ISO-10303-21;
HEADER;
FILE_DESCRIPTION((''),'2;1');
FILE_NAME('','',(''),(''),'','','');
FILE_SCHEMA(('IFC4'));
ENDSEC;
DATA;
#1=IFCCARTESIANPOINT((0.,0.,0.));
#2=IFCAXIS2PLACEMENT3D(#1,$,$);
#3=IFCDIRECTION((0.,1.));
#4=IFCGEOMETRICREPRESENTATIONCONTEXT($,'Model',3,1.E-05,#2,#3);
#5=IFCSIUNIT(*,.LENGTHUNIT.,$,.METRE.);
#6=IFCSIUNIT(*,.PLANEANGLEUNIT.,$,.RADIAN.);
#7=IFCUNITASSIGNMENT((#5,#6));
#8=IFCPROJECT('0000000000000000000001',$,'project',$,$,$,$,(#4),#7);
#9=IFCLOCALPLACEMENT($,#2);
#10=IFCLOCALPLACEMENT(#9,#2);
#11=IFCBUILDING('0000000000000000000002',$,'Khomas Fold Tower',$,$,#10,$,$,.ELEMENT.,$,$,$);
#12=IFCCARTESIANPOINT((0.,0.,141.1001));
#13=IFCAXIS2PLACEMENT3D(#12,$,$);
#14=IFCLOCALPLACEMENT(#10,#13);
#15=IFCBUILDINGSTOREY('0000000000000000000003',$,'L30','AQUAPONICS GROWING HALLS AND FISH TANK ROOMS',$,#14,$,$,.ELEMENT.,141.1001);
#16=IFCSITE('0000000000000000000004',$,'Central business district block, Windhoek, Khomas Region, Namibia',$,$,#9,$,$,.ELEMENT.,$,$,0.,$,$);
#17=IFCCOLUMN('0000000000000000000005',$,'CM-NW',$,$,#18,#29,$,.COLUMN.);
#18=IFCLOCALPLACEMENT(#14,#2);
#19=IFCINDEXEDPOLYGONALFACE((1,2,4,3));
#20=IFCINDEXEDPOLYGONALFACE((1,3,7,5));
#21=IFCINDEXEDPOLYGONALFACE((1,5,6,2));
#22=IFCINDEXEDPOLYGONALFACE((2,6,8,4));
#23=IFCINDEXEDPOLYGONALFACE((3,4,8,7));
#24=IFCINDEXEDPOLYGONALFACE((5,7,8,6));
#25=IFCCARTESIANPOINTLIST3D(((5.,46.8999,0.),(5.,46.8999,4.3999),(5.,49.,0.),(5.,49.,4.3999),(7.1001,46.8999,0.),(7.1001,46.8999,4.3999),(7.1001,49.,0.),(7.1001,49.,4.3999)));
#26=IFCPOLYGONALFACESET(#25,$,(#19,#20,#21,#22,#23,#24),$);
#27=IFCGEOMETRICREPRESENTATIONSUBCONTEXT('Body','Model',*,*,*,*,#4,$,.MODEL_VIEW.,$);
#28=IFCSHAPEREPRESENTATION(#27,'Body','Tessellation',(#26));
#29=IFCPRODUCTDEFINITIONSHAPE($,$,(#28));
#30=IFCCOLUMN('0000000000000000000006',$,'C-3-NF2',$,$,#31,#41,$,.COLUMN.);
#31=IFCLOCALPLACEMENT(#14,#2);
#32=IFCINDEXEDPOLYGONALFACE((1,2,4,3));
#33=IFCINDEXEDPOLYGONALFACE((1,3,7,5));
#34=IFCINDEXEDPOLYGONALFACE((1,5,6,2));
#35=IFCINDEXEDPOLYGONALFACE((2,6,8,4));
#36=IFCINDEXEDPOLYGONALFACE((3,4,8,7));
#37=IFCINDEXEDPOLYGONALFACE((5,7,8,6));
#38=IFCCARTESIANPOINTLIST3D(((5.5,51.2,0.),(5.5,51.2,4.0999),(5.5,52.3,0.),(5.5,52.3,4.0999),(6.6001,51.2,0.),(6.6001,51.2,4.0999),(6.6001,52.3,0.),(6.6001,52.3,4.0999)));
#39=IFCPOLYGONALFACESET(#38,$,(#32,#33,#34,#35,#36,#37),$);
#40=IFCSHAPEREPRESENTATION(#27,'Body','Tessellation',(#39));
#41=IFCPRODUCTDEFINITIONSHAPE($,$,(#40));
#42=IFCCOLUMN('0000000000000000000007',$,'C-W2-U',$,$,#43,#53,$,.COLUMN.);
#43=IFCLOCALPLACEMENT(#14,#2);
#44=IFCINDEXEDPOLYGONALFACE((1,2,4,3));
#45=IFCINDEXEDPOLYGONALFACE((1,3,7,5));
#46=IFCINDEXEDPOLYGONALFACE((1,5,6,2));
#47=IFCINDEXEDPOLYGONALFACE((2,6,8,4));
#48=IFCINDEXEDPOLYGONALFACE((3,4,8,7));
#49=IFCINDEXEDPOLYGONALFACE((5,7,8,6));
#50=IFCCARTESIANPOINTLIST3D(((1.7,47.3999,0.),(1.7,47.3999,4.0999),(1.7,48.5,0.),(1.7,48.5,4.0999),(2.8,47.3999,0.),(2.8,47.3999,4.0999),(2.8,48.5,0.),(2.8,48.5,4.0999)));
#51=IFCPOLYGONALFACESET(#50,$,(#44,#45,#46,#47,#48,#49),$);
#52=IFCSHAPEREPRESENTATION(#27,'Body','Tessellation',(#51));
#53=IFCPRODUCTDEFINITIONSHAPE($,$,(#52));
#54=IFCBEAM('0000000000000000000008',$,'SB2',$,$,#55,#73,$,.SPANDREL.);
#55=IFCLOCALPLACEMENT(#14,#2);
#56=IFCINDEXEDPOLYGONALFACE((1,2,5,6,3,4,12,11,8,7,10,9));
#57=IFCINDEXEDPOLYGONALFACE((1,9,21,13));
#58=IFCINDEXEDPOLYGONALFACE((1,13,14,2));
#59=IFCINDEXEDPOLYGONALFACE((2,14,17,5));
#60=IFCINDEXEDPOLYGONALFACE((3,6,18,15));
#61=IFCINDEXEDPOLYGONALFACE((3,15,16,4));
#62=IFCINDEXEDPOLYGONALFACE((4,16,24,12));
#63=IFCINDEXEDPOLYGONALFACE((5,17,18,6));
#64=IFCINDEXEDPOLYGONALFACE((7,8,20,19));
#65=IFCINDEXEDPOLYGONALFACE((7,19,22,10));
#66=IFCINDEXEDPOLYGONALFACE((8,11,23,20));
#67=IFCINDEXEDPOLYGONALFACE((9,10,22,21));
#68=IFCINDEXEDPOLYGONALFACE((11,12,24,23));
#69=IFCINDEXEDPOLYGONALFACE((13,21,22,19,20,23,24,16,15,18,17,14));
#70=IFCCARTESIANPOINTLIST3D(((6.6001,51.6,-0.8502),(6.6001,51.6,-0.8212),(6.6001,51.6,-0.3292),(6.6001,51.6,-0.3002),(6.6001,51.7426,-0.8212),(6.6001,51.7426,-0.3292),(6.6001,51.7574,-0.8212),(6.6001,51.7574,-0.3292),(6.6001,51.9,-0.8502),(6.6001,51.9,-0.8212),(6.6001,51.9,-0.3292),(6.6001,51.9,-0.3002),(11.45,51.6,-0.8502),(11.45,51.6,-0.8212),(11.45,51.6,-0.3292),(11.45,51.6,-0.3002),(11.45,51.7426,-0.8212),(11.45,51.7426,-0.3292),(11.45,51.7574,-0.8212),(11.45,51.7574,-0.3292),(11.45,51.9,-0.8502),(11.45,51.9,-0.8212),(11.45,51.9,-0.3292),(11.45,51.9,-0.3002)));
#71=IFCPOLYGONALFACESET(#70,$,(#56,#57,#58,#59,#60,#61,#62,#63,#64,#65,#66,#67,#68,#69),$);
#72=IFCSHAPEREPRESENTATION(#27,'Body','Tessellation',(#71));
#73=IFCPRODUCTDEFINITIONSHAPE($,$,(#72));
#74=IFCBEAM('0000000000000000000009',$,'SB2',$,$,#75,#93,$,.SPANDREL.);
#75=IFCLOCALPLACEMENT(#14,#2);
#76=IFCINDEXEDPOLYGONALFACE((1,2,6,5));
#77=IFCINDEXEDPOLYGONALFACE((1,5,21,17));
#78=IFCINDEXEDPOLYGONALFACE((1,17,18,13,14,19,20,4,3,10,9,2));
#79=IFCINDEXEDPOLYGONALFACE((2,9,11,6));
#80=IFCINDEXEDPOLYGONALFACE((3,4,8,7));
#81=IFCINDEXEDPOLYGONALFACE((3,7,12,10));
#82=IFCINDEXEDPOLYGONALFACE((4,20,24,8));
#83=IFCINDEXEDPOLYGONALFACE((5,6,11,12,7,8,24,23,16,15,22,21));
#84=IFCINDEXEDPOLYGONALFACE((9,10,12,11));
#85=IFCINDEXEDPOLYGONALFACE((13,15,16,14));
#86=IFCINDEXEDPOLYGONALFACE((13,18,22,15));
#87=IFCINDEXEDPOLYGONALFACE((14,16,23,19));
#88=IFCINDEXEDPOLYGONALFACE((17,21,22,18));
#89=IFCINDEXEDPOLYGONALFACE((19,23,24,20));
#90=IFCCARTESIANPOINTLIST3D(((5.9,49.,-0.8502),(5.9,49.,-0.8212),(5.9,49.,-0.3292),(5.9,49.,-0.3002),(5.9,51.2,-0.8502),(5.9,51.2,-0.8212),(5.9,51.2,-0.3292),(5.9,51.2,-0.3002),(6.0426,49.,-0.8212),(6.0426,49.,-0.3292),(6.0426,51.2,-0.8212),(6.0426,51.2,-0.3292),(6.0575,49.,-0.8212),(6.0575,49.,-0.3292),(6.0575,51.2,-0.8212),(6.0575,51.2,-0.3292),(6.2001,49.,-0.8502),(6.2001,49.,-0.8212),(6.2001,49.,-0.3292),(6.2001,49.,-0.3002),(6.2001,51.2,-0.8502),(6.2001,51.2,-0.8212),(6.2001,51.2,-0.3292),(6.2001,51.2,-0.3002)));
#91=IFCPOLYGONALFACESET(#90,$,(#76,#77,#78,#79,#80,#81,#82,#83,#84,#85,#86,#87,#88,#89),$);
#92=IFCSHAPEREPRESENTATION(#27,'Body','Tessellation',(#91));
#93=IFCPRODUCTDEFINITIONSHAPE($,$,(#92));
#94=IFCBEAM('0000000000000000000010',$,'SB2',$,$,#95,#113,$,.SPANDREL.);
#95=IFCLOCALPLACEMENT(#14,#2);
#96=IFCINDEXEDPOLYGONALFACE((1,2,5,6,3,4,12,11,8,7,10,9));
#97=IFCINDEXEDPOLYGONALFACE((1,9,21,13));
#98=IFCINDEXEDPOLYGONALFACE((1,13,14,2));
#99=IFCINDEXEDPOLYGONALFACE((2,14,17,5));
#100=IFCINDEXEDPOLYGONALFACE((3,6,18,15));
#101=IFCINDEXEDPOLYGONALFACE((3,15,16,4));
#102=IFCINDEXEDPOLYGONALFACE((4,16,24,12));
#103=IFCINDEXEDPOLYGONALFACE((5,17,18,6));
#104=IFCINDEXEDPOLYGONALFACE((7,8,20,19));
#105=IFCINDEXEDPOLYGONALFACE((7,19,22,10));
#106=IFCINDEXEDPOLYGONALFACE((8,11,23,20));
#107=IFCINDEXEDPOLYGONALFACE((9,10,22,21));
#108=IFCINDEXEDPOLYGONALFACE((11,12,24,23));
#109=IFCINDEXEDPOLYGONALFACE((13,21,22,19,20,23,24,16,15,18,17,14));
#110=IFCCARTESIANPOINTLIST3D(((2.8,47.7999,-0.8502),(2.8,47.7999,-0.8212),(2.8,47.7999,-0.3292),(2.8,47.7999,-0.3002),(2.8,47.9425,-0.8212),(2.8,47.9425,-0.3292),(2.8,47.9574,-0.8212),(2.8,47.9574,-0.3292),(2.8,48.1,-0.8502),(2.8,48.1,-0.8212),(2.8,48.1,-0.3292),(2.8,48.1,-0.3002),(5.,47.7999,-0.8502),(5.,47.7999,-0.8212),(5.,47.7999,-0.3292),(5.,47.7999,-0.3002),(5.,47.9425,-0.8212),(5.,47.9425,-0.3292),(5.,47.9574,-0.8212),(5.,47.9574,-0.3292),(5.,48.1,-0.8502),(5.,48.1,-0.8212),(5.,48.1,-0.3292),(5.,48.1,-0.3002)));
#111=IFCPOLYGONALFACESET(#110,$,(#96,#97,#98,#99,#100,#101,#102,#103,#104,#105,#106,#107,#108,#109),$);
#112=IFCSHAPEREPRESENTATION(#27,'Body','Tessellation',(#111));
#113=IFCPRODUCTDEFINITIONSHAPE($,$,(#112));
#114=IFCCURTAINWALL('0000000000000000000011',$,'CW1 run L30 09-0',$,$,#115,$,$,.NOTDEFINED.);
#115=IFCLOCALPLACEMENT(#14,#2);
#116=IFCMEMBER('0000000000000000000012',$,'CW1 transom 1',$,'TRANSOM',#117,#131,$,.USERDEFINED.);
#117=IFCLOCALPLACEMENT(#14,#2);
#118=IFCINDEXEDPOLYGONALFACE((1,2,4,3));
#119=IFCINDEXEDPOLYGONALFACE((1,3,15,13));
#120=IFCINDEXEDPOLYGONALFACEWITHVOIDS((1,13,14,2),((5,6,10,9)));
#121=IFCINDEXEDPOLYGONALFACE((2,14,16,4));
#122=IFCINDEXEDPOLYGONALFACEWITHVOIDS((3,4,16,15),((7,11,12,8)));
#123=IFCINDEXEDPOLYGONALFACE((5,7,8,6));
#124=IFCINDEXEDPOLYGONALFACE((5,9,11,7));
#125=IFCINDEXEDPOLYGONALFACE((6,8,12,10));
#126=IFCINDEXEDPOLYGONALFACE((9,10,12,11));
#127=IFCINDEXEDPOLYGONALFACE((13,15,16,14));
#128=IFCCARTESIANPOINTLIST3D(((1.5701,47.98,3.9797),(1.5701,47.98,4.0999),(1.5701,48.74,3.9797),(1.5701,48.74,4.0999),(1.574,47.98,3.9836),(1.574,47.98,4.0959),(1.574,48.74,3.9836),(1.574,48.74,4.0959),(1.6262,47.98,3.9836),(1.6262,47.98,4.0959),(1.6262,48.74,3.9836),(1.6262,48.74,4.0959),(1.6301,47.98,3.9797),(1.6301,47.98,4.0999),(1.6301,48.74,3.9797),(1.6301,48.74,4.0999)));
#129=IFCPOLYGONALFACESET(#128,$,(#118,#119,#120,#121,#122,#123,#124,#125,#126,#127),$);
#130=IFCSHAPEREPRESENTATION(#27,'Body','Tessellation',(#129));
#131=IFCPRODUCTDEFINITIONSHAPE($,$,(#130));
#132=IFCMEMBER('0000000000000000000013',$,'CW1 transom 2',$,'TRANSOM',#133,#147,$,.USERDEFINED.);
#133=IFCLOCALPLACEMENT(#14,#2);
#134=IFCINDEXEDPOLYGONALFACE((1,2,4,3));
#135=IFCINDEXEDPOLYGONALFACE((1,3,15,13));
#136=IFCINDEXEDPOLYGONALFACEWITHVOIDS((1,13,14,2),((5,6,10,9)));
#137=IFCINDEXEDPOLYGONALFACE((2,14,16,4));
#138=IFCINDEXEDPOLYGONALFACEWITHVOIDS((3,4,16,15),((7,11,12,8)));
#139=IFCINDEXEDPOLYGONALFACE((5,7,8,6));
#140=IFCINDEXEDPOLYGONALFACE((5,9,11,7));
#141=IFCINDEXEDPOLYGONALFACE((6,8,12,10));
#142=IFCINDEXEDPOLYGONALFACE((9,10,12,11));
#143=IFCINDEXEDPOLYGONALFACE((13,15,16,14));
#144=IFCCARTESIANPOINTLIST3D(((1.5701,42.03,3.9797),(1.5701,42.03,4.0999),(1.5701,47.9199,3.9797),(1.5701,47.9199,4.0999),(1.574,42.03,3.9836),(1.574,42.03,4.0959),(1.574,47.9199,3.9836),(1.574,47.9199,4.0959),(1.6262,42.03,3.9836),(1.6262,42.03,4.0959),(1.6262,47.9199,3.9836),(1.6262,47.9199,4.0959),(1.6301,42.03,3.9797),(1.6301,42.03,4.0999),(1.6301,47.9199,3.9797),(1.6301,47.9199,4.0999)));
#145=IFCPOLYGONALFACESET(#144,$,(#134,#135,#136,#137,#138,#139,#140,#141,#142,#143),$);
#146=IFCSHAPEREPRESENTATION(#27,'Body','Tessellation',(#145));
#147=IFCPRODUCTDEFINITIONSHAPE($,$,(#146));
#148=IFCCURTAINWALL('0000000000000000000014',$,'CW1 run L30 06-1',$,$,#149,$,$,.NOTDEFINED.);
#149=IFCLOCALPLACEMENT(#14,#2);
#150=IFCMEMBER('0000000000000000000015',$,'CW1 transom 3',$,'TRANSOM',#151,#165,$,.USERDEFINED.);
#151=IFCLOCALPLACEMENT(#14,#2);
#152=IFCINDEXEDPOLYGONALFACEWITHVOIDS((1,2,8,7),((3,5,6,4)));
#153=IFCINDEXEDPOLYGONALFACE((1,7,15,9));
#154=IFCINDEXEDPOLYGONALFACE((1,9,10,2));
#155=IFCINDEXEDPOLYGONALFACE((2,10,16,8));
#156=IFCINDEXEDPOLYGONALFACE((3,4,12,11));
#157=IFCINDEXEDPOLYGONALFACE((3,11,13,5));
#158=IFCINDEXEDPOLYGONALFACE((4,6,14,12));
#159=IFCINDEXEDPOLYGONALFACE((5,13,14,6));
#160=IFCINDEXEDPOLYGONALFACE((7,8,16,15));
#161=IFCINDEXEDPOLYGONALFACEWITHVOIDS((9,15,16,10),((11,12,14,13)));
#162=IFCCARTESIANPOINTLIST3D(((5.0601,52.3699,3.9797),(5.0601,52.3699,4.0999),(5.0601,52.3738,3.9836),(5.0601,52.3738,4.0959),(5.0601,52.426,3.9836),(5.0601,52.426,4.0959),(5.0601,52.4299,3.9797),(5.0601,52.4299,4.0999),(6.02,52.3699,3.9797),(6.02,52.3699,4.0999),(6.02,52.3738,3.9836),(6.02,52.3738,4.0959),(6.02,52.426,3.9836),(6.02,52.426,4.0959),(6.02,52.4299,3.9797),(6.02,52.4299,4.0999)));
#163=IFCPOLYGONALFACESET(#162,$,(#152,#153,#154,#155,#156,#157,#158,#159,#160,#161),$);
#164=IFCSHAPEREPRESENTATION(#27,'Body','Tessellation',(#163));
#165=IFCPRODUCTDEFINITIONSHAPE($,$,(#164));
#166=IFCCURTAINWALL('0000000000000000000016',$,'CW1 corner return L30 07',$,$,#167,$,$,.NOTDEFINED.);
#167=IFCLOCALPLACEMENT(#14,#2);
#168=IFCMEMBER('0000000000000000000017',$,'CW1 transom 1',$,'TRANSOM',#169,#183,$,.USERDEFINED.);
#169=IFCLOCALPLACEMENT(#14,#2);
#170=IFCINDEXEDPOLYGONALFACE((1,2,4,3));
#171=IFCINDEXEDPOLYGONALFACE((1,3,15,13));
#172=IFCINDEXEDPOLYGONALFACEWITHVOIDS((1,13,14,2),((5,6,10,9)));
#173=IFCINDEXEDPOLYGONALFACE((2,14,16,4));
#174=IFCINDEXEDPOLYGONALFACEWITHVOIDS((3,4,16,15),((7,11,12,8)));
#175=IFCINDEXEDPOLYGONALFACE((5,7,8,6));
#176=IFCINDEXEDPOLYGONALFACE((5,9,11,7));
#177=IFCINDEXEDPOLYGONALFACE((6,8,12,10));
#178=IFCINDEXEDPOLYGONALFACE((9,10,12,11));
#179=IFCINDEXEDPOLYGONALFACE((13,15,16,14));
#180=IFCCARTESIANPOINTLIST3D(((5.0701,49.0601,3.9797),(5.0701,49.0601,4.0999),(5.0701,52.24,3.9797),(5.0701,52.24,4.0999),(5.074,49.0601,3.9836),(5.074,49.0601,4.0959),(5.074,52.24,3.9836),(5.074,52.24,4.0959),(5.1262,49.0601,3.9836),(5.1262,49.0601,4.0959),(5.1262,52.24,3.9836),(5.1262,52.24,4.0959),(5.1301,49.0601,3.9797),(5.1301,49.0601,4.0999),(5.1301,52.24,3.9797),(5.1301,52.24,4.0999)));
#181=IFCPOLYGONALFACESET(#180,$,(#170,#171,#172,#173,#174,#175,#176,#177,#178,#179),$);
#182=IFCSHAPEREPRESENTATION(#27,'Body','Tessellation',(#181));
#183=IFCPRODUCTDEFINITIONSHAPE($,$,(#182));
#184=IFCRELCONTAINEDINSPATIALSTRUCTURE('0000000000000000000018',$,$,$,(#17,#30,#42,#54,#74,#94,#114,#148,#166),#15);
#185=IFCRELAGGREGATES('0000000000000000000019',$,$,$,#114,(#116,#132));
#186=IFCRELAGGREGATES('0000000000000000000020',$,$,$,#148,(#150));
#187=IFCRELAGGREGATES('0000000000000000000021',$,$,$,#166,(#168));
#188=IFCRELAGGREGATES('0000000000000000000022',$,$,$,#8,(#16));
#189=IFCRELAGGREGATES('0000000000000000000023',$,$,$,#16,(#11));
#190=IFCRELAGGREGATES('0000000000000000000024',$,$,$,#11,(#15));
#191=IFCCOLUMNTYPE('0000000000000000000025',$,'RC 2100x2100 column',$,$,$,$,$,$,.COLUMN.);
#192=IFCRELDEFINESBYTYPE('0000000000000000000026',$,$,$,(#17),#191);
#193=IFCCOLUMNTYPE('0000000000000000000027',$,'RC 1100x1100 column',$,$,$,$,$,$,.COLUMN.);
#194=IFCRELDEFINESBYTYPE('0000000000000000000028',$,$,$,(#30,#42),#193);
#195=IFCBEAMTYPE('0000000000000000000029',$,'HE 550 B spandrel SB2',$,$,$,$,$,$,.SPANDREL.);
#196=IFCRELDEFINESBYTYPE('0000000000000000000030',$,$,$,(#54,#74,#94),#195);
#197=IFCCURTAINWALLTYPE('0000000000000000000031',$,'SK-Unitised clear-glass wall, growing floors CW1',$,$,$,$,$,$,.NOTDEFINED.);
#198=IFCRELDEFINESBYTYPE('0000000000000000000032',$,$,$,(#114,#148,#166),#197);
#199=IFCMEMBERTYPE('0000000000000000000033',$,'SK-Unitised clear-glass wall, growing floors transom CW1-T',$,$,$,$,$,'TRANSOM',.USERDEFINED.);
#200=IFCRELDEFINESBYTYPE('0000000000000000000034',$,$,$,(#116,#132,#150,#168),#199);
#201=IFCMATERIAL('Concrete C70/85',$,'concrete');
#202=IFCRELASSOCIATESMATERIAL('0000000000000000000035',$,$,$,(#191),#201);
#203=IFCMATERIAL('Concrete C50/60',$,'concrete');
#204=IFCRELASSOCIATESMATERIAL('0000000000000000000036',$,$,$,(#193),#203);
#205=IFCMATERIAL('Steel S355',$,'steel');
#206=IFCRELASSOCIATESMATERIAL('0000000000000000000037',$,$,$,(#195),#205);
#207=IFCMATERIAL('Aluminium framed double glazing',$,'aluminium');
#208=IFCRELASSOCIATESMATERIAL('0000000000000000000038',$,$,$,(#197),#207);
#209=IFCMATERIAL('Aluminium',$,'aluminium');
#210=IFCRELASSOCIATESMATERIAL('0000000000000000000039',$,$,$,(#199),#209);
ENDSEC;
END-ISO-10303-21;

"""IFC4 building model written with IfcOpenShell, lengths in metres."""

from ifc_helpers import new_model, si_unit, direction, frame, origin, origin_2d, place, context, subcontext, project, spatial, rectangle, hollow_rectangle, i_section, extrude, source, transform, mapped, material, material_profile, profile_set, type_object, element, aggregate, save


model = new_model("IFC4")

# Units and contexts
model_context = context("Model", 3, precision=1e-05, world=origin(), true_north=direction((0.0, 1.0)))
body_context = subcontext(model_context, "Body", "Model", "MODEL_VIEW")
ifc_project = project(units=[si_unit("LENGTHUNIT", "METRE"), si_unit("PLANEANGLEUNIT", "RADIAN")], contexts=[model_context])

# Site, building, storey
site_placement = place(None, origin())
site = spatial("IfcSite", under=ifc_project, at=site_placement, Name="Central business district block, Windhoek, Khomas Region, Namibia", CompositionType="ELEMENT", RefElevation=0.0)
building_placement = place(site_placement, origin())
building = spatial("IfcBuilding", under=site, at=building_placement, Name="Khomas Fold Tower", CompositionType="ELEMENT")
storey_placement = place(building_placement, frame((0.0, 0.0, 141.1001)))
storey = spatial("IfcBuildingStorey", under=building, at=storey_placement, Name="L30", Description="AQUAPONICS GROWING HALLS AND FISH TANK ROOMS", CompositionType="ELEMENT", Elevation=141.1001)

# Columns
ifc_material_1 = material(Name="Concrete C70/85", Category="concrete")
ifc_material_profile_1 = material_profile(ifc_material_1, rectangle(XDim=2.1001, YDim=2.1001, at=origin_2d()), Name="RC 2100x2100")
ifc_profile_set_1 = profile_set([ifc_material_profile_1], Name="Concrete C70/85")
column_type_1 = type_object("IfcColumnType", Name="RC 2100x2100 column", PredefinedType="COLUMN", material=ifc_profile_set_1)
shared_shape_1 = source(origin(), body_context, "Body", "SweptSolid", [
    extrude(rectangle(XDim=2.1001, YDim=2.1001, at=origin_2d()), origin(), (0.0, 0.0, 1.0), 4.3999),
])
column_placement = place(storey_placement, frame((6.05, 47.95, 0.0), z_axis=(0.0, 0.0, 1.0), x_axis=(1.0, 0.0, 0.0)))
element("IfcColumn", 1, at=column_placement, inside=storey, type_object=column_type_1, Name="CM-NW", PredefinedType="COLUMN", context=body_context, shape_type="MappedRepresentation", body=[
    mapped(shared_shape_1, transform((0.0, 0.0, 0.0))),
])
ifc_material_2 = material(Name="Concrete C50/60", Category="concrete")
ifc_material_profile_2 = material_profile(ifc_material_2, rectangle(XDim=1.1001, YDim=1.1001, at=origin_2d()), Name="RC 1100x1100")
ifc_profile_set_2 = profile_set([ifc_material_profile_2], Name="Concrete C50/60")
column_type_2 = type_object("IfcColumnType", Name="RC 1100x1100 column", PredefinedType="COLUMN", material=ifc_profile_set_2)
shared_shape_2 = source(origin(), body_context, "Body", "SweptSolid", [
    extrude(rectangle(XDim=1.1001, YDim=1.1001, at=origin_2d()), origin(), (0.0, 0.0, 1.0), 4.0999),
])
for number, where, z_axis, x_axis, name in (
    (2, (6.05, 51.75, 0.0), (0.0, 0.0, 1.0), (1.0, 0.0, 0.0), "C-3-NF2"),
    (3, (2.25, 47.95, 0.0), (0.0, 0.0, 1.0), (1.0, 0.0, 0.0), "C-W2-U"),
):
    element("IfcColumn", number, at=place(storey_placement, frame(where, z_axis=z_axis, x_axis=x_axis)), inside=storey, type_object=column_type_2, Name=name, PredefinedType="COLUMN", context=body_context, shape_type="MappedRepresentation", body=[
        mapped(shared_shape_2, transform((0.0, 0.0, 0.0))),
    ])

# Beams
ifc_material_3 = material(Name="Steel S355", Category="steel")
ifc_material_profile_3 = material_profile(ifc_material_3, i_section(OverallWidth=0.3, OverallDepth=0.55, WebThickness=0.0149, FlangeThickness=0.0291, at=origin_2d()), Name="HE 550 B")
ifc_profile_set_3 = profile_set([ifc_material_profile_3], Name="Steel S355")
beam_type = type_object("IfcBeamType", Name="HE 550 B spandrel SB2", PredefinedType="SPANDREL", material=ifc_profile_set_3)
shared_shape_3 = source(origin(), body_context, "Body", "SweptSolid", [
    extrude(i_section(OverallWidth=0.3, OverallDepth=0.55, WebThickness=0.0149, FlangeThickness=0.0291, at=origin_2d()), origin(), (0.0, 0.0, 1.0), 4.8499),
])
beam_placement = place(storey_placement, frame((6.6001, 51.75, -0.5752), z_axis=(1.0, 0.0, 0.0), x_axis=(0.0, 1.0, 0.0)))
element("IfcBeam", 4, at=beam_placement, inside=storey, type_object=beam_type, Name="SB2", PredefinedType="SPANDREL", context=body_context, shape_type="MappedRepresentation", body=[
    mapped(shared_shape_3, transform((0.0, 0.0, 0.0))),
])
shared_shape_4 = source(origin(), body_context, "Body", "SweptSolid", [
    extrude(i_section(OverallWidth=0.3, OverallDepth=0.55, WebThickness=0.0149, FlangeThickness=0.0291, at=origin_2d()), origin(), (0.0, 0.0, 1.0), 2.2),
])
for number, where, z_axis, x_axis, name in (
    (5, (6.05, 49.0, -0.5752), (0.0, 1.0, 0.0), (-1.0, 0.0, 0.0), "SB2"),
    (6, (2.8, 47.95, -0.5752), (1.0, 0.0, 0.0), (0.0, 1.0, 0.0), "SB2"),
):
    element("IfcBeam", number, at=place(storey_placement, frame(where, z_axis=z_axis, x_axis=x_axis)), inside=storey, type_object=beam_type, Name=name, PredefinedType="SPANDREL", context=body_context, shape_type="MappedRepresentation", body=[
        mapped(shared_shape_4, transform((0.0, 0.0, 0.0))),
    ])

# Curtain wall, members
ifc_material_4 = material(Name="Aluminium framed double glazing", Category="aluminium")
curtain_wall_type = type_object("IfcCurtainWallType", Name="SK-Unitised clear-glass wall, growing floors CW1", PredefinedType="NOTDEFINED", material=ifc_material_4)
curtain_wall_1_placement = place(storey_placement, origin())
curtain_wall_1 = element("IfcCurtainWall", 7, at=curtain_wall_1_placement, inside=storey, type_object=curtain_wall_type, Name="CW1 run L30 09-0", PredefinedType="NOTDEFINED")
ifc_material_5 = material(Name="Aluminium", Category="aluminium")
ifc_material_profile_4 = material_profile(ifc_material_5, hollow_rectangle(XDim=0.0601, YDim=0.1201, WallThickness=0.0039, at=origin_2d()), Name="SK-Unitised clear-glass wall, growing floors transom CW1-T")
ifc_profile_set_4 = profile_set([ifc_material_profile_4], Name="Aluminium")
member_type_1 = type_object("IfcMemberType", Name="SK-Unitised clear-glass wall, growing floors transom CW1-T", ElementType="TRANSOM", PredefinedType="USERDEFINED", material=ifc_profile_set_4)
shared_shape_5 = source(origin(), body_context, "Body", "SweptSolid", [
    extrude(hollow_rectangle(XDim=0.0601, YDim=0.1201, WallThickness=0.0039, at=origin_2d()), origin(), (0.0, 0.0, 1.0), 0.76),
])
member_1_placement = place(storey_placement, frame((1.6001, 48.74, 4.0398), z_axis=(0.0, -1.0, 0.0), x_axis=(1.0, 0.0, 0.0)))
member_1 = element("IfcMember", 8, at=member_1_placement, type_object=member_type_1, Name="CW1 transom 1", ObjectType="TRANSOM", PredefinedType="USERDEFINED", context=body_context, shape_type="MappedRepresentation", body=[
    mapped(shared_shape_5, transform((0.0, 0.0, 0.0))),
])
shared_shape_6 = source(origin(), body_context, "Body", "SweptSolid", [
    extrude(hollow_rectangle(XDim=0.0601, YDim=0.1201, WallThickness=0.0039, at=origin_2d()), origin(), (0.0, 0.0, 1.0), 5.8899),
])
member_2_placement = place(storey_placement, frame((1.6001, 47.9199, 4.0398), z_axis=(0.0, -1.0, 0.0), x_axis=(1.0, 0.0, 0.0)))
member_2 = element("IfcMember", 9, at=member_2_placement, type_object=member_type_1, Name="CW1 transom 2", ObjectType="TRANSOM", PredefinedType="USERDEFINED", context=body_context, shape_type="MappedRepresentation", body=[
    mapped(shared_shape_6, transform((0.0, 0.0, 0.0))),
])

# Curtain walls, members
curtain_wall_2_placement = place(storey_placement, origin())
curtain_wall_2 = element("IfcCurtainWall", 10, at=curtain_wall_2_placement, inside=storey, type_object=curtain_wall_type, Name="CW1 run L30 06-1", PredefinedType="NOTDEFINED")
shared_shape_7 = source(origin(), body_context, "Body", "SweptSolid", [
    extrude(hollow_rectangle(XDim=0.0601, YDim=0.1201, WallThickness=0.0039, at=origin_2d()), origin(), (0.0, 0.0, 1.0), 0.96),
])
member_3_placement = place(storey_placement, frame((6.02, 52.3999, 4.0398), z_axis=(-1.0, 0.0, 0.0), x_axis=(0.0, -1.0, 0.0)))
member_3 = element("IfcMember", 11, at=member_3_placement, type_object=member_type_1, Name="CW1 transom 3", ObjectType="TRANSOM", PredefinedType="USERDEFINED", context=body_context, shape_type="MappedRepresentation", body=[
    mapped(shared_shape_7, transform((0.0, 0.0, 0.0))),
])
curtain_wall_3_placement = place(storey_placement, origin())
curtain_wall_3 = element("IfcCurtainWall", 12, at=curtain_wall_3_placement, inside=storey, type_object=curtain_wall_type, Name="CW1 corner return L30 07", PredefinedType="NOTDEFINED")
shared_shape_8 = source(origin(), body_context, "Body", "SweptSolid", [
    extrude(hollow_rectangle(XDim=0.0601, YDim=0.1201, WallThickness=0.0039, at=origin_2d()), origin(), (0.0, 0.0, 1.0), 3.1799),
])
member_4_placement = place(storey_placement, frame((5.1001, 52.24, 4.0398), z_axis=(0.0, -1.0, 0.0), x_axis=(1.0, 0.0, 0.0)))
member_4 = element("IfcMember", 13, at=member_4_placement, type_object=member_type_1, Name="CW1 transom 1", ObjectType="TRANSOM", PredefinedType="USERDEFINED", context=body_context, shape_type="MappedRepresentation", body=[
    mapped(shared_shape_8, transform((0.0, 0.0, 0.0))),
])

aggregate(curtain_wall_1, [member_1, member_2])
aggregate(curtain_wall_2, [member_3])
aggregate(curtain_wall_3, [member_4])

save(model, "model.ifc")
